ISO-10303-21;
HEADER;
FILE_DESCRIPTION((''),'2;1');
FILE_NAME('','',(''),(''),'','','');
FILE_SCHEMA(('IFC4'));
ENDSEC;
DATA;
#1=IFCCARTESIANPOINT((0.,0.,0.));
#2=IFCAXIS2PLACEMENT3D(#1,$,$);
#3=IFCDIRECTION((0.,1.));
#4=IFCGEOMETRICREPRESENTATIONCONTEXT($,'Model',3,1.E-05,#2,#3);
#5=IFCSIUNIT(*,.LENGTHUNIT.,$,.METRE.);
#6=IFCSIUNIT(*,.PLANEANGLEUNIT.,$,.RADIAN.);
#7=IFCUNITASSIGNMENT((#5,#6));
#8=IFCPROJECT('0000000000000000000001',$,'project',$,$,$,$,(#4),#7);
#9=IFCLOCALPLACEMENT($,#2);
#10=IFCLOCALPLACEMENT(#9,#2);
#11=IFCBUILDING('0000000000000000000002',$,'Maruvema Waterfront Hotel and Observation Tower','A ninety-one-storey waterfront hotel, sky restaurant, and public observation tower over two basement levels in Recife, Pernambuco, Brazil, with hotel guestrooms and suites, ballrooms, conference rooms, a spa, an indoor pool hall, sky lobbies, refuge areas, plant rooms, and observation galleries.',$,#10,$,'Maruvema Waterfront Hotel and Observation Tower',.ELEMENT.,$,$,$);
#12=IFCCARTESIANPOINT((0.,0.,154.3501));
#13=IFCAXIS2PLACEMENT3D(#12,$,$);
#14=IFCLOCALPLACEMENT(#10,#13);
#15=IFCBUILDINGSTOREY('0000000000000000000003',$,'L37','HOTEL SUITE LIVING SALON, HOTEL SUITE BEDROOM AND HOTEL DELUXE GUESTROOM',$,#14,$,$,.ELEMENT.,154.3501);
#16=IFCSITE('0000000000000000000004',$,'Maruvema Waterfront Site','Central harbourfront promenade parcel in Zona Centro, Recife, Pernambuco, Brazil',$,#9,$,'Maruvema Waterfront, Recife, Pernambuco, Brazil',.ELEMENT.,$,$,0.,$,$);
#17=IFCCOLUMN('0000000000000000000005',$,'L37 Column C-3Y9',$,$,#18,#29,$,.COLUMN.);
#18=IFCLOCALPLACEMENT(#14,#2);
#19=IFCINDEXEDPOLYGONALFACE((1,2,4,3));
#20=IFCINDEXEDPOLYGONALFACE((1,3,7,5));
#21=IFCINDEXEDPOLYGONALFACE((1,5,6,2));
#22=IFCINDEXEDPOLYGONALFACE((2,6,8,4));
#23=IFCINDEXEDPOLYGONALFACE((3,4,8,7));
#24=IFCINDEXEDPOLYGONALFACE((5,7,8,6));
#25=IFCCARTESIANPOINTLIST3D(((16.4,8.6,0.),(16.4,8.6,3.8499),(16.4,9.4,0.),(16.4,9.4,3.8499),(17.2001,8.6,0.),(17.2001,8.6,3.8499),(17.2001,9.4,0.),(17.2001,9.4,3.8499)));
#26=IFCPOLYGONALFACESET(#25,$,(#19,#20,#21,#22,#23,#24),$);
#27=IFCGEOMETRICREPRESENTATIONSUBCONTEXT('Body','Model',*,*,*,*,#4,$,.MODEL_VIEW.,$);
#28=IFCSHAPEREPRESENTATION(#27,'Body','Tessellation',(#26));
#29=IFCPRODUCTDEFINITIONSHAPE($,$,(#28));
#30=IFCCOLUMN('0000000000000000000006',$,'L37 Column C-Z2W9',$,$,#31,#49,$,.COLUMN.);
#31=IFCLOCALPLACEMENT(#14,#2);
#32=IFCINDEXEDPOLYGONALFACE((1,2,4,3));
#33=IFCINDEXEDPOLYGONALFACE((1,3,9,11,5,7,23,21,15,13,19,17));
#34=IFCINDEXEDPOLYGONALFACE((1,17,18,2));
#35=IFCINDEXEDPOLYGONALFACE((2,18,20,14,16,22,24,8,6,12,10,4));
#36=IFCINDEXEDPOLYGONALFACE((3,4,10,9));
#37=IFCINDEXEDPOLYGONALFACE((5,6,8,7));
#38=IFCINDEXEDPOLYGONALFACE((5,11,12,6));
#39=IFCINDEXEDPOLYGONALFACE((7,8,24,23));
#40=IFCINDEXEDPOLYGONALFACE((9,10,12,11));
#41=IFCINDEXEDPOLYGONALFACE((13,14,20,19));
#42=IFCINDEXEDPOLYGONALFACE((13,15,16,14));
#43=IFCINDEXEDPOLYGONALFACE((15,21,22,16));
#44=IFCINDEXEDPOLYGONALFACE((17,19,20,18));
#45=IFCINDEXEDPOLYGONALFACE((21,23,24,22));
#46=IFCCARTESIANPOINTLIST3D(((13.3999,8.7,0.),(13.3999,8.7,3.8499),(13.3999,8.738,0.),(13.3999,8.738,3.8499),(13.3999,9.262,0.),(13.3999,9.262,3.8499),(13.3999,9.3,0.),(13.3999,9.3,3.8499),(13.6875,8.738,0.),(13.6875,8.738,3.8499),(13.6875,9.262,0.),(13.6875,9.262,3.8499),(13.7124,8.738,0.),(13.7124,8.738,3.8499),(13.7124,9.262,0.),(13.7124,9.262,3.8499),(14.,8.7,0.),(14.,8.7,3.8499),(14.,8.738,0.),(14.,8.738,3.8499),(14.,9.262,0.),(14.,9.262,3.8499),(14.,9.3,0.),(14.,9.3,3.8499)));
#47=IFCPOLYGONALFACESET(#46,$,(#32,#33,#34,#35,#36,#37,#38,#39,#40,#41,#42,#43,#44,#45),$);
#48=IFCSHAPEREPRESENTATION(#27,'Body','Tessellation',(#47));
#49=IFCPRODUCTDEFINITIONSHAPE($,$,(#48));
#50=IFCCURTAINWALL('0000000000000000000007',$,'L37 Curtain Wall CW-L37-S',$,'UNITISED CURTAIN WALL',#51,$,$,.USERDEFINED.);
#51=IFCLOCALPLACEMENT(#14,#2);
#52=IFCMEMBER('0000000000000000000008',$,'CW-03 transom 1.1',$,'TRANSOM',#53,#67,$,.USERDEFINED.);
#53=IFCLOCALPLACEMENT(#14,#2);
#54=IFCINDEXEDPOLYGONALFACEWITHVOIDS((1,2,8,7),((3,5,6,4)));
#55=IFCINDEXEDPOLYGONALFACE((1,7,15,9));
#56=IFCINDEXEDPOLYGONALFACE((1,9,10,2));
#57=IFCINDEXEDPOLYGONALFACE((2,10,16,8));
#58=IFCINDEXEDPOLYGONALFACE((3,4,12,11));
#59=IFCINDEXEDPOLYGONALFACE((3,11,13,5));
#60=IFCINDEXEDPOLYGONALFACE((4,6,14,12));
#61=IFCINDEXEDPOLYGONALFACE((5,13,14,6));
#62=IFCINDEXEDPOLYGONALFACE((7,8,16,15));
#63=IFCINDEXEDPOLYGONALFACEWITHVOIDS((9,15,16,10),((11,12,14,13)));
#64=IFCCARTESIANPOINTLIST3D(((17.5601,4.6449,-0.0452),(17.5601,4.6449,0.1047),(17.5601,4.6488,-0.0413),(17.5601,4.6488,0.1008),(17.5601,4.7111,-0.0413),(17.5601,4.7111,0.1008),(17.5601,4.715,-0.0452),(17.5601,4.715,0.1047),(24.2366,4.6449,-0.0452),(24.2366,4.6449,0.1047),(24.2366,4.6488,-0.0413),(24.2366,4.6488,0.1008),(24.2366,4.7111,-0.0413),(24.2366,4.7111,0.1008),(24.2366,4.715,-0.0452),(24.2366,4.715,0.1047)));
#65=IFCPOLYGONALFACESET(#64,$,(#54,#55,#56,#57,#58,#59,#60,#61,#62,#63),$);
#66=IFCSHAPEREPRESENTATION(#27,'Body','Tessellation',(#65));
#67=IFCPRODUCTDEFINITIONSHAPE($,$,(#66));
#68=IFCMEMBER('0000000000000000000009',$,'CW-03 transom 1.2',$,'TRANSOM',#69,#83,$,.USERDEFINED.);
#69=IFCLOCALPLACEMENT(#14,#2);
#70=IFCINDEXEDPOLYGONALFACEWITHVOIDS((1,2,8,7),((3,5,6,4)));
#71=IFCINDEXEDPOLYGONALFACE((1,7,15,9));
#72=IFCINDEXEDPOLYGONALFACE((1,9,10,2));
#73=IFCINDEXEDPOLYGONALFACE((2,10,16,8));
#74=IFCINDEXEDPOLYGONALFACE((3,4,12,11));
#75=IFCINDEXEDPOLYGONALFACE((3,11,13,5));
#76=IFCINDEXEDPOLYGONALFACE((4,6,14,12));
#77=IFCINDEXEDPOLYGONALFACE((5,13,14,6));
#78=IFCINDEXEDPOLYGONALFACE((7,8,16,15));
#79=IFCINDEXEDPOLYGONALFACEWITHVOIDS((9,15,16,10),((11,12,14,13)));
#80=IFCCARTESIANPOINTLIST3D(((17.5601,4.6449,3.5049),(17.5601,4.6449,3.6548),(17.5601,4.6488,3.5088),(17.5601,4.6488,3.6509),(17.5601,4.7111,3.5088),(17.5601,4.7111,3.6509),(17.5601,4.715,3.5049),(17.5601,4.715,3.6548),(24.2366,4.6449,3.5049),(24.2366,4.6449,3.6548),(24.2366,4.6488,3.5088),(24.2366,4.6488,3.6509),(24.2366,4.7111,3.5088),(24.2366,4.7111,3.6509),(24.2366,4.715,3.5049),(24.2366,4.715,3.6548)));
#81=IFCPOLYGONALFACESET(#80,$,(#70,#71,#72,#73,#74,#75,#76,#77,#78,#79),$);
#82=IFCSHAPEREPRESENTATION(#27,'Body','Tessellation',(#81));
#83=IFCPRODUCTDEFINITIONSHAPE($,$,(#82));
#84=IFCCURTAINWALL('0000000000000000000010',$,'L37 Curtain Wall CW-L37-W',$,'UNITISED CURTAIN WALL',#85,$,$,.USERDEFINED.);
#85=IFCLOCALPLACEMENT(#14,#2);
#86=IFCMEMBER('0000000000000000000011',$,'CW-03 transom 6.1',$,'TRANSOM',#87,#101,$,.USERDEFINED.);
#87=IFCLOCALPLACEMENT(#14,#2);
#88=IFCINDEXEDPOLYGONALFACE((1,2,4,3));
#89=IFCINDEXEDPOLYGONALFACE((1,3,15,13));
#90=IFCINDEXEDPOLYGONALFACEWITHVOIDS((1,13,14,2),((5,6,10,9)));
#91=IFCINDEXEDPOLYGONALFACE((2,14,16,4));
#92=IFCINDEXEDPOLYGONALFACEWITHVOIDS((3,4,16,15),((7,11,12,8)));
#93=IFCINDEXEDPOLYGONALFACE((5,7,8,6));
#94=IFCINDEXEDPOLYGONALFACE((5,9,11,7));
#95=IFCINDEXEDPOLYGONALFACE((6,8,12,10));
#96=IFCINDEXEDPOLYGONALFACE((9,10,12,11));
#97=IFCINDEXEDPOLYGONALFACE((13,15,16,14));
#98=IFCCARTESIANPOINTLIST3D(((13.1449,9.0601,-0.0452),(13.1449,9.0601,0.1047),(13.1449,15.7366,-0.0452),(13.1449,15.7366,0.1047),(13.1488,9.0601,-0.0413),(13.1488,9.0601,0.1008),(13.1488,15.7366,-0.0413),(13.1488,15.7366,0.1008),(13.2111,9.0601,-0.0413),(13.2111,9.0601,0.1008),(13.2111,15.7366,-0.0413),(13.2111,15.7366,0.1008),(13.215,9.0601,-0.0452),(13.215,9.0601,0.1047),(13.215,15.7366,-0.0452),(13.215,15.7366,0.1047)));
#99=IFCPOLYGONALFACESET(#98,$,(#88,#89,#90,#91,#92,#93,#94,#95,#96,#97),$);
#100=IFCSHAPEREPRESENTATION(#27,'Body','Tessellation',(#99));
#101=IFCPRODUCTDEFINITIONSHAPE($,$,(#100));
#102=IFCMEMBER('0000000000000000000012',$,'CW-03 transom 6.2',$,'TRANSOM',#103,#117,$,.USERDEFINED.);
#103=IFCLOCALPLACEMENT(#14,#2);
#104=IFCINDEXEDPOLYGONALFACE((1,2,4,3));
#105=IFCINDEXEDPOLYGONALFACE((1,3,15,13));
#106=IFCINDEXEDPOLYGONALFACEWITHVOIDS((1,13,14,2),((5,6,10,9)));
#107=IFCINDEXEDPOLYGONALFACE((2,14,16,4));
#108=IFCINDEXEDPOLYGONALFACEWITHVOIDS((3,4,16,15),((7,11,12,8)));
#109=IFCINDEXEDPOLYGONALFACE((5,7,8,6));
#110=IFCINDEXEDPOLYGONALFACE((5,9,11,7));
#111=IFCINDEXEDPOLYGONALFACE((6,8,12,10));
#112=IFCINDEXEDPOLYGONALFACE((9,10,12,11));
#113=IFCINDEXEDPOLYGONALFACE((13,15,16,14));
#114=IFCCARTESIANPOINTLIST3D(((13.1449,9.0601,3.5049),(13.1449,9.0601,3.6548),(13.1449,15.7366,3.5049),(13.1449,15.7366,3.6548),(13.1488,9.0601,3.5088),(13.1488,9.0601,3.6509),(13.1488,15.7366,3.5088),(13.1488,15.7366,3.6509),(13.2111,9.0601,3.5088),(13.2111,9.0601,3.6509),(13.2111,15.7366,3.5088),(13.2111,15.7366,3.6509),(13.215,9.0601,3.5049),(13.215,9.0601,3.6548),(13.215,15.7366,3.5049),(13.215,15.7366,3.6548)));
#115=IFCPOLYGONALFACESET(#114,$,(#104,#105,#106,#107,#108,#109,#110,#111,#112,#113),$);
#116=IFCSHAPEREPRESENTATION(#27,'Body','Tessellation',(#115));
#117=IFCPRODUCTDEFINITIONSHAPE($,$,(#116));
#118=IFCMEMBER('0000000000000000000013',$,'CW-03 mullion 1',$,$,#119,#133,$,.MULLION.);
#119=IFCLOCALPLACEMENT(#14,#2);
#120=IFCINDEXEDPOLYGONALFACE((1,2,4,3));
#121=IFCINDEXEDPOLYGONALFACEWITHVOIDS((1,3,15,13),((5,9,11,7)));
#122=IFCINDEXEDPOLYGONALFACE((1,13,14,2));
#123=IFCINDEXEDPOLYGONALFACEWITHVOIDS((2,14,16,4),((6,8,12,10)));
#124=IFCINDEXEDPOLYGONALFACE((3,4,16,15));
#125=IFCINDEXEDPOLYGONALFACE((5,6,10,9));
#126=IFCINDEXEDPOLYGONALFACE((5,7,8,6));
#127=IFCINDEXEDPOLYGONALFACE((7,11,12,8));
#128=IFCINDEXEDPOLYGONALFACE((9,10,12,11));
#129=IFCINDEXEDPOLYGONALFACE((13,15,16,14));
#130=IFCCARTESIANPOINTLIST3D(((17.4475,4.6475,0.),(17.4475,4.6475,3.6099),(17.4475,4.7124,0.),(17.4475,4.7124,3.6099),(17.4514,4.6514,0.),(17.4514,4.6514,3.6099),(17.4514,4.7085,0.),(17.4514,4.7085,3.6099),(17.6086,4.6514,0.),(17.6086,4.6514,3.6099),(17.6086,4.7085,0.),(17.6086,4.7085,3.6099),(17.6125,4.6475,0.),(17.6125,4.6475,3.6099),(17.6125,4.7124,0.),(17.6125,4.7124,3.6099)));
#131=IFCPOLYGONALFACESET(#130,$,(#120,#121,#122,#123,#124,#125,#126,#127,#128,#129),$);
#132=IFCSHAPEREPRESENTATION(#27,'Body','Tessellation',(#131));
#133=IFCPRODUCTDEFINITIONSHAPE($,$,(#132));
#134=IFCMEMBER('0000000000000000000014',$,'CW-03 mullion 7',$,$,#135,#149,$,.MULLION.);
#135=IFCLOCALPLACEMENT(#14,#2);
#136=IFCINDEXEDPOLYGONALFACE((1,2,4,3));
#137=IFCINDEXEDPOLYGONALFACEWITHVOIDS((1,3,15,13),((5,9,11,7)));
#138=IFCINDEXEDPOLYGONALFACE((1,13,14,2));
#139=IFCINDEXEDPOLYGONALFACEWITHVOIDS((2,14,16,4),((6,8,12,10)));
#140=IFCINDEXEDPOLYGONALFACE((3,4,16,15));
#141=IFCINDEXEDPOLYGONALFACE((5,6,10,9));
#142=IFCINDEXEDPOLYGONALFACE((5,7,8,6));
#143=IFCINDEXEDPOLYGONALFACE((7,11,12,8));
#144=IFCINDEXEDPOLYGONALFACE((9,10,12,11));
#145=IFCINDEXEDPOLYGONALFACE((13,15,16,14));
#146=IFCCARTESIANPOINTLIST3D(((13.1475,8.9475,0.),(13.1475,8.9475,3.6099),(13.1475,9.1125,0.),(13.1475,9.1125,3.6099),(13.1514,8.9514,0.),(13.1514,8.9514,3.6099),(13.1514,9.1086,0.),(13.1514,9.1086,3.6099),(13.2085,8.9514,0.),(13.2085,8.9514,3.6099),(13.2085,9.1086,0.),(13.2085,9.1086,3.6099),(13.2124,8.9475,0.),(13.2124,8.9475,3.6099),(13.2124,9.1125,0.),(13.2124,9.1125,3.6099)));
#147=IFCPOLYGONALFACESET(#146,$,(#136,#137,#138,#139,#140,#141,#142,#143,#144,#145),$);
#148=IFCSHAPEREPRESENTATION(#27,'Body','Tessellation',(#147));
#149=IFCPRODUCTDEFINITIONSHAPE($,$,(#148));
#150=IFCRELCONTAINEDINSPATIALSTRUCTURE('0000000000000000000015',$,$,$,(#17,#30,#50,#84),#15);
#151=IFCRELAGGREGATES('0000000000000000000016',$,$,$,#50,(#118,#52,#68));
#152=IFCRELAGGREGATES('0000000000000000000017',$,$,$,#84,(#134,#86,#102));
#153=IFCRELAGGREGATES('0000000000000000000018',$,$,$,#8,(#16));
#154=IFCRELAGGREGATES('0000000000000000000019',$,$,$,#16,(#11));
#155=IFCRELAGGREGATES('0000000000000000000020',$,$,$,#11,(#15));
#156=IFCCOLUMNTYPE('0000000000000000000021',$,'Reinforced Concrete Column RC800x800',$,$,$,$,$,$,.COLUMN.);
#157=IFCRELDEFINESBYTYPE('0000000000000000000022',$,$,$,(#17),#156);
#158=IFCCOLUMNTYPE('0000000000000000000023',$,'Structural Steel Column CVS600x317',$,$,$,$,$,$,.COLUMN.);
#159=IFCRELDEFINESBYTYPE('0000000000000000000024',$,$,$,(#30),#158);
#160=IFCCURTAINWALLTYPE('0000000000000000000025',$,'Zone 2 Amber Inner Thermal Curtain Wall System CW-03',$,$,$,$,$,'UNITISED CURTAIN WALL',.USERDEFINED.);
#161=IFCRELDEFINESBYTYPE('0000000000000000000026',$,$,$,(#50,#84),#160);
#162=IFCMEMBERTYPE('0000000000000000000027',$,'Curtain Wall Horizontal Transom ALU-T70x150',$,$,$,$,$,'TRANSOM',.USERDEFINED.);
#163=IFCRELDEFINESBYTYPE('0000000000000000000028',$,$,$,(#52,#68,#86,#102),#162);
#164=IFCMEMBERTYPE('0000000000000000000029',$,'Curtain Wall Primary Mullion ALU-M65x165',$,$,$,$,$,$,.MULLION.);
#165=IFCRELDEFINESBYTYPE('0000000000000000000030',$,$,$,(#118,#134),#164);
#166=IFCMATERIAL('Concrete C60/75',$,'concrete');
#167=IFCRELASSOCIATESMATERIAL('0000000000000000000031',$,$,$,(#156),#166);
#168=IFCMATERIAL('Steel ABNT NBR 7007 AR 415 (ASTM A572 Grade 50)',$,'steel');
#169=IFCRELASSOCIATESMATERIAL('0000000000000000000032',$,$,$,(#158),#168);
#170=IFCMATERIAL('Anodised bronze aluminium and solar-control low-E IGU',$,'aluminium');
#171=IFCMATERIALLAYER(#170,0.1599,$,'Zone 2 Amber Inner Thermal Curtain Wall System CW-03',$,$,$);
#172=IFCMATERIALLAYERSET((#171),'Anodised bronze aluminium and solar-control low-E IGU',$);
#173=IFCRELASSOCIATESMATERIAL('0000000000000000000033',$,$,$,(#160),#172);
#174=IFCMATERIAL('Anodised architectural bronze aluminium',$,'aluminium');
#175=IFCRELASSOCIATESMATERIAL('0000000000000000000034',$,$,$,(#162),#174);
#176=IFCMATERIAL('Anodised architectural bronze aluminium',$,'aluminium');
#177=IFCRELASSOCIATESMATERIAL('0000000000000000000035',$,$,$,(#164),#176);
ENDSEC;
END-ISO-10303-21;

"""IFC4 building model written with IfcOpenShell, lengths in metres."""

from ifc_helpers import new_model, si_unit, direction, frame, origin, origin_2d, place, context, subcontext, project, spatial, rectangle, hollow_rectangle, i_section, extrude, material, layer, layer_set, material_profile, profile_set, type_object, element, aggregate, save


model = new_model("IFC4")

# Units and contexts
model_context = context("Model", 3, precision=1e-05, world=origin(), true_north=direction((0.0, 1.0)))
body_context = subcontext(model_context, "Body", "Model", "MODEL_VIEW")
ifc_project = project(units=[si_unit("LENGTHUNIT", "METRE"), si_unit("PLANEANGLEUNIT", "RADIAN")], contexts=[model_context])

# Site, building, storey
site_placement = place(None, origin())
site = spatial("IfcSite", under=ifc_project, at=site_placement, Name="Maruvema Waterfront Site", Description="Central harbourfront promenade parcel in Zona Centro, Recife, Pernambuco, Brazil", LongName="Maruvema Waterfront, Recife, Pernambuco, Brazil", CompositionType="ELEMENT", RefElevation=0.0)
building_placement = place(site_placement, origin())
building = spatial("IfcBuilding", under=site, at=building_placement, Name="Maruvema Waterfront Hotel and Observation Tower", Description="A ninety-one-storey waterfront hotel, sky restaurant, and public observation tower over two basement levels in Recife, Pernambuco, Brazil, with hotel guestrooms and suites, ballrooms, conference rooms, a spa, an indoor pool hall, sky lobbies, refuge areas, plant rooms, and observation galleries.", LongName="Maruvema Waterfront Hotel and Observation Tower", CompositionType="ELEMENT")
storey_placement = place(building_placement, frame((0.0, 0.0, 154.3501)))
storey = spatial("IfcBuildingStorey", under=building, at=storey_placement, Name="L37", Description="HOTEL SUITE LIVING SALON, HOTEL SUITE BEDROOM AND HOTEL DELUXE GUESTROOM", CompositionType="ELEMENT", Elevation=154.3501)

# Columns
ifc_material_1 = material(Name="Concrete C60/75", Category="concrete")
ifc_material_profile_1 = material_profile(ifc_material_1, rectangle(XDim=0.8, YDim=0.8, at=origin_2d()), Name="RC800x800")
ifc_profile_set_1 = profile_set([ifc_material_profile_1], Name="Concrete C60/75")
column_type_1 = type_object("IfcColumnType", Name="Reinforced Concrete Column RC800x800", PredefinedType="COLUMN", material=ifc_profile_set_1)
column_1_placement = place(storey_placement, frame((16.8, 9.0, 0.0), z_axis=(0.0, 0.0, 1.0), x_axis=(1.0, 0.0, 0.0)))
element("IfcColumn", 1, at=column_1_placement, inside=storey, type_object=column_type_1, Name="L37 Column C-3Y9", PredefinedType="COLUMN", context=body_context, shape_type="SweptSolid", body=[
    extrude(rectangle(XDim=0.8, YDim=0.8, at=origin_2d()), origin(), (0.0, 0.0, 1.0), 3.8499),
])
ifc_material_2 = material(Name="Steel ABNT NBR 7007 AR 415 (ASTM A572 Grade 50)", Category="steel")
ifc_material_profile_2 = material_profile(ifc_material_2, i_section(OverallWidth=0.6001, OverallDepth=0.6001, WebThickness=0.0249, FlangeThickness=0.0381, at=origin_2d()), Name="CVS600x317")
ifc_profile_set_2 = profile_set([ifc_material_profile_2], Name="Steel ABNT NBR 7007 AR 415 (ASTM A572 Grade 50)")
column_type_2 = type_object("IfcColumnType", Name="Structural Steel Column CVS600x317", PredefinedType="COLUMN", material=ifc_profile_set_2)
column_2_placement = place(storey_placement, frame((13.7, 9.0, 0.0), z_axis=(0.0, 0.0, 1.0), x_axis=(1.0, 0.0, 0.0)))
element("IfcColumn", 2, at=column_2_placement, inside=storey, type_object=column_type_2, Name="L37 Column C-Z2W9", PredefinedType="COLUMN", context=body_context, shape_type="SweptSolid", body=[
    extrude(i_section(OverallWidth=0.6001, OverallDepth=0.6001, WebThickness=0.0249, FlangeThickness=0.0381, at=origin_2d()), origin(), (0.0, 0.0, 1.0), 3.8499),
])

# Curtain walls, members
ifc_material_3 = material(Name="Anodised bronze aluminium and solar-control low-E IGU", Category="aluminium")
ifc_layer_1 = layer(ifc_material_3, 0.1599, Name="Zone 2 Amber Inner Thermal Curtain Wall System CW-03")
ifc_layer_set_1 = layer_set([ifc_layer_1], Name="Anodised bronze aluminium and solar-control low-E IGU")
curtain_wall_type = type_object("IfcCurtainWallType", Name="Zone 2 Amber Inner Thermal Curtain Wall System CW-03", ElementType="UNITISED CURTAIN WALL", PredefinedType="USERDEFINED", material=ifc_layer_set_1)
curtain_wall_1_placement = place(storey_placement, origin())
curtain_wall_1 = element("IfcCurtainWall", 3, at=curtain_wall_1_placement, inside=storey, type_object=curtain_wall_type, Name="L37 Curtain Wall CW-L37-S", ObjectType="UNITISED CURTAIN WALL", PredefinedType="USERDEFINED")
ifc_material_4 = material(Name="Anodised architectural bronze aluminium", Category="aluminium")
ifc_material_profile_3 = material_profile(ifc_material_4, hollow_rectangle(XDim=0.0701, YDim=0.1499, WallThickness=0.0039, at=origin_2d()), Name="ALU-T70x150")
ifc_profile_set_3 = profile_set([ifc_material_profile_3], Name="Anodised architectural bronze aluminium")
member_type_1 = type_object("IfcMemberType", Name="Curtain Wall Horizontal Transom ALU-T70x150", ElementType="TRANSOM", PredefinedType="USERDEFINED", material=ifc_profile_set_3)
member_1_placement = place(storey_placement, frame((17.5601, 4.6799, 0.0298), z_axis=(1.0, 0.0, 0.0), x_axis=(0.0, 1.0, 0.0)))
member_1 = element("IfcMember", 4, at=member_1_placement, type_object=member_type_1, Name="CW-03 transom 1.1", ObjectType="TRANSOM", PredefinedType="USERDEFINED", context=body_context, shape_type="SweptSolid", body=[
    extrude(hollow_rectangle(XDim=0.0701, YDim=0.1499, WallThickness=0.0039, at=origin_2d()), origin(), (0.0, 0.0, 1.0), 6.6765),
])
member_2_placement = place(storey_placement, frame((17.5601, 4.6799, 3.5798), z_axis=(1.0, 0.0, 0.0), x_axis=(0.0, 1.0, 0.0)))
member_2 = element("IfcMember", 5, at=member_2_placement, type_object=member_type_1, Name="CW-03 transom 1.2", ObjectType="TRANSOM", PredefinedType="USERDEFINED", context=body_context, shape_type="SweptSolid", body=[
    extrude(hollow_rectangle(XDim=0.0701, YDim=0.1499, WallThickness=0.0039, at=origin_2d()), origin(), (0.0, 0.0, 1.0), 6.6765),
])
curtain_wall_2_placement = place(storey_placement, origin())
curtain_wall_2 = element("IfcCurtainWall", 6, at=curtain_wall_2_placement, inside=storey, type_object=curtain_wall_type, Name="L37 Curtain Wall CW-L37-W", ObjectType="UNITISED CURTAIN WALL", PredefinedType="USERDEFINED")
member_3_placement = place(storey_placement, frame((13.1799, 15.7366, 0.0298), z_axis=(0.0, -1.0, 0.0), x_axis=(1.0, 0.0, 0.0)))
member_3 = element("IfcMember", 7, at=member_3_placement, type_object=member_type_1, Name="CW-03 transom 6.1", ObjectType="TRANSOM", PredefinedType="USERDEFINED", context=body_context, shape_type="SweptSolid", body=[
    extrude(hollow_rectangle(XDim=0.0701, YDim=0.1499, WallThickness=0.0039, at=origin_2d()), origin(), (0.0, 0.0, 1.0), 6.6765),
])
member_4_placement = place(storey_placement, frame((13.1799, 15.7366, 3.5798), z_axis=(0.0, -1.0, 0.0), x_axis=(1.0, 0.0, 0.0)))
member_4 = element("IfcMember", 8, at=member_4_placement, type_object=member_type_1, Name="CW-03 transom 6.2", ObjectType="TRANSOM", PredefinedType="USERDEFINED", context=body_context, shape_type="SweptSolid", body=[
    extrude(hollow_rectangle(XDim=0.0701, YDim=0.1499, WallThickness=0.0039, at=origin_2d()), origin(), (0.0, 0.0, 1.0), 6.6765),
])

# Members
ifc_material_5 = material(Name="Anodised architectural bronze aluminium", Category="aluminium")
ifc_material_profile_4 = material_profile(ifc_material_5, hollow_rectangle(XDim=0.0649, YDim=0.165, WallThickness=0.0039, at=origin_2d()), Name="ALU-M65x165")
ifc_profile_set_4 = profile_set([ifc_material_profile_4], Name="Anodised architectural bronze aluminium")
member_type_2 = type_object("IfcMemberType", Name="Curtain Wall Primary Mullion ALU-M65x165", PredefinedType="MULLION", material=ifc_profile_set_4)
member_5_placement = place(storey_placement, frame((17.53, 4.6799, 0.0), z_axis=(0.0, 0.0, 1.0), x_axis=(0.0, 1.0, 0.0)))
member_5 = element("IfcMember", 9, at=member_5_placement, type_object=member_type_2, Name="CW-03 mullion 1", PredefinedType="MULLION", context=body_context, shape_type="SweptSolid", body=[
    extrude(hollow_rectangle(XDim=0.0649, YDim=0.165, WallThickness=0.0039, at=origin_2d()), origin(), (0.0, 0.0, 1.0), 3.6099),
])
member_6_placement = place(storey_placement, frame((13.1799, 9.03, 0.0), z_axis=(0.0, 0.0, 1.0), x_axis=(1.0, 0.0, 0.0)))
member_6 = element("IfcMember", 10, at=member_6_placement, type_object=member_type_2, Name="CW-03 mullion 7", PredefinedType="MULLION", context=body_context, shape_type="SweptSolid", body=[
    extrude(hollow_rectangle(XDim=0.0649, YDim=0.165, WallThickness=0.0039, at=origin_2d()), origin(), (0.0, 0.0, 1.0), 3.6099),
])

aggregate(curtain_wall_1, [member_5, member_1, member_2])
aggregate(curtain_wall_2, [member_6, member_3, member_4])

save(model, "model.ifc")
